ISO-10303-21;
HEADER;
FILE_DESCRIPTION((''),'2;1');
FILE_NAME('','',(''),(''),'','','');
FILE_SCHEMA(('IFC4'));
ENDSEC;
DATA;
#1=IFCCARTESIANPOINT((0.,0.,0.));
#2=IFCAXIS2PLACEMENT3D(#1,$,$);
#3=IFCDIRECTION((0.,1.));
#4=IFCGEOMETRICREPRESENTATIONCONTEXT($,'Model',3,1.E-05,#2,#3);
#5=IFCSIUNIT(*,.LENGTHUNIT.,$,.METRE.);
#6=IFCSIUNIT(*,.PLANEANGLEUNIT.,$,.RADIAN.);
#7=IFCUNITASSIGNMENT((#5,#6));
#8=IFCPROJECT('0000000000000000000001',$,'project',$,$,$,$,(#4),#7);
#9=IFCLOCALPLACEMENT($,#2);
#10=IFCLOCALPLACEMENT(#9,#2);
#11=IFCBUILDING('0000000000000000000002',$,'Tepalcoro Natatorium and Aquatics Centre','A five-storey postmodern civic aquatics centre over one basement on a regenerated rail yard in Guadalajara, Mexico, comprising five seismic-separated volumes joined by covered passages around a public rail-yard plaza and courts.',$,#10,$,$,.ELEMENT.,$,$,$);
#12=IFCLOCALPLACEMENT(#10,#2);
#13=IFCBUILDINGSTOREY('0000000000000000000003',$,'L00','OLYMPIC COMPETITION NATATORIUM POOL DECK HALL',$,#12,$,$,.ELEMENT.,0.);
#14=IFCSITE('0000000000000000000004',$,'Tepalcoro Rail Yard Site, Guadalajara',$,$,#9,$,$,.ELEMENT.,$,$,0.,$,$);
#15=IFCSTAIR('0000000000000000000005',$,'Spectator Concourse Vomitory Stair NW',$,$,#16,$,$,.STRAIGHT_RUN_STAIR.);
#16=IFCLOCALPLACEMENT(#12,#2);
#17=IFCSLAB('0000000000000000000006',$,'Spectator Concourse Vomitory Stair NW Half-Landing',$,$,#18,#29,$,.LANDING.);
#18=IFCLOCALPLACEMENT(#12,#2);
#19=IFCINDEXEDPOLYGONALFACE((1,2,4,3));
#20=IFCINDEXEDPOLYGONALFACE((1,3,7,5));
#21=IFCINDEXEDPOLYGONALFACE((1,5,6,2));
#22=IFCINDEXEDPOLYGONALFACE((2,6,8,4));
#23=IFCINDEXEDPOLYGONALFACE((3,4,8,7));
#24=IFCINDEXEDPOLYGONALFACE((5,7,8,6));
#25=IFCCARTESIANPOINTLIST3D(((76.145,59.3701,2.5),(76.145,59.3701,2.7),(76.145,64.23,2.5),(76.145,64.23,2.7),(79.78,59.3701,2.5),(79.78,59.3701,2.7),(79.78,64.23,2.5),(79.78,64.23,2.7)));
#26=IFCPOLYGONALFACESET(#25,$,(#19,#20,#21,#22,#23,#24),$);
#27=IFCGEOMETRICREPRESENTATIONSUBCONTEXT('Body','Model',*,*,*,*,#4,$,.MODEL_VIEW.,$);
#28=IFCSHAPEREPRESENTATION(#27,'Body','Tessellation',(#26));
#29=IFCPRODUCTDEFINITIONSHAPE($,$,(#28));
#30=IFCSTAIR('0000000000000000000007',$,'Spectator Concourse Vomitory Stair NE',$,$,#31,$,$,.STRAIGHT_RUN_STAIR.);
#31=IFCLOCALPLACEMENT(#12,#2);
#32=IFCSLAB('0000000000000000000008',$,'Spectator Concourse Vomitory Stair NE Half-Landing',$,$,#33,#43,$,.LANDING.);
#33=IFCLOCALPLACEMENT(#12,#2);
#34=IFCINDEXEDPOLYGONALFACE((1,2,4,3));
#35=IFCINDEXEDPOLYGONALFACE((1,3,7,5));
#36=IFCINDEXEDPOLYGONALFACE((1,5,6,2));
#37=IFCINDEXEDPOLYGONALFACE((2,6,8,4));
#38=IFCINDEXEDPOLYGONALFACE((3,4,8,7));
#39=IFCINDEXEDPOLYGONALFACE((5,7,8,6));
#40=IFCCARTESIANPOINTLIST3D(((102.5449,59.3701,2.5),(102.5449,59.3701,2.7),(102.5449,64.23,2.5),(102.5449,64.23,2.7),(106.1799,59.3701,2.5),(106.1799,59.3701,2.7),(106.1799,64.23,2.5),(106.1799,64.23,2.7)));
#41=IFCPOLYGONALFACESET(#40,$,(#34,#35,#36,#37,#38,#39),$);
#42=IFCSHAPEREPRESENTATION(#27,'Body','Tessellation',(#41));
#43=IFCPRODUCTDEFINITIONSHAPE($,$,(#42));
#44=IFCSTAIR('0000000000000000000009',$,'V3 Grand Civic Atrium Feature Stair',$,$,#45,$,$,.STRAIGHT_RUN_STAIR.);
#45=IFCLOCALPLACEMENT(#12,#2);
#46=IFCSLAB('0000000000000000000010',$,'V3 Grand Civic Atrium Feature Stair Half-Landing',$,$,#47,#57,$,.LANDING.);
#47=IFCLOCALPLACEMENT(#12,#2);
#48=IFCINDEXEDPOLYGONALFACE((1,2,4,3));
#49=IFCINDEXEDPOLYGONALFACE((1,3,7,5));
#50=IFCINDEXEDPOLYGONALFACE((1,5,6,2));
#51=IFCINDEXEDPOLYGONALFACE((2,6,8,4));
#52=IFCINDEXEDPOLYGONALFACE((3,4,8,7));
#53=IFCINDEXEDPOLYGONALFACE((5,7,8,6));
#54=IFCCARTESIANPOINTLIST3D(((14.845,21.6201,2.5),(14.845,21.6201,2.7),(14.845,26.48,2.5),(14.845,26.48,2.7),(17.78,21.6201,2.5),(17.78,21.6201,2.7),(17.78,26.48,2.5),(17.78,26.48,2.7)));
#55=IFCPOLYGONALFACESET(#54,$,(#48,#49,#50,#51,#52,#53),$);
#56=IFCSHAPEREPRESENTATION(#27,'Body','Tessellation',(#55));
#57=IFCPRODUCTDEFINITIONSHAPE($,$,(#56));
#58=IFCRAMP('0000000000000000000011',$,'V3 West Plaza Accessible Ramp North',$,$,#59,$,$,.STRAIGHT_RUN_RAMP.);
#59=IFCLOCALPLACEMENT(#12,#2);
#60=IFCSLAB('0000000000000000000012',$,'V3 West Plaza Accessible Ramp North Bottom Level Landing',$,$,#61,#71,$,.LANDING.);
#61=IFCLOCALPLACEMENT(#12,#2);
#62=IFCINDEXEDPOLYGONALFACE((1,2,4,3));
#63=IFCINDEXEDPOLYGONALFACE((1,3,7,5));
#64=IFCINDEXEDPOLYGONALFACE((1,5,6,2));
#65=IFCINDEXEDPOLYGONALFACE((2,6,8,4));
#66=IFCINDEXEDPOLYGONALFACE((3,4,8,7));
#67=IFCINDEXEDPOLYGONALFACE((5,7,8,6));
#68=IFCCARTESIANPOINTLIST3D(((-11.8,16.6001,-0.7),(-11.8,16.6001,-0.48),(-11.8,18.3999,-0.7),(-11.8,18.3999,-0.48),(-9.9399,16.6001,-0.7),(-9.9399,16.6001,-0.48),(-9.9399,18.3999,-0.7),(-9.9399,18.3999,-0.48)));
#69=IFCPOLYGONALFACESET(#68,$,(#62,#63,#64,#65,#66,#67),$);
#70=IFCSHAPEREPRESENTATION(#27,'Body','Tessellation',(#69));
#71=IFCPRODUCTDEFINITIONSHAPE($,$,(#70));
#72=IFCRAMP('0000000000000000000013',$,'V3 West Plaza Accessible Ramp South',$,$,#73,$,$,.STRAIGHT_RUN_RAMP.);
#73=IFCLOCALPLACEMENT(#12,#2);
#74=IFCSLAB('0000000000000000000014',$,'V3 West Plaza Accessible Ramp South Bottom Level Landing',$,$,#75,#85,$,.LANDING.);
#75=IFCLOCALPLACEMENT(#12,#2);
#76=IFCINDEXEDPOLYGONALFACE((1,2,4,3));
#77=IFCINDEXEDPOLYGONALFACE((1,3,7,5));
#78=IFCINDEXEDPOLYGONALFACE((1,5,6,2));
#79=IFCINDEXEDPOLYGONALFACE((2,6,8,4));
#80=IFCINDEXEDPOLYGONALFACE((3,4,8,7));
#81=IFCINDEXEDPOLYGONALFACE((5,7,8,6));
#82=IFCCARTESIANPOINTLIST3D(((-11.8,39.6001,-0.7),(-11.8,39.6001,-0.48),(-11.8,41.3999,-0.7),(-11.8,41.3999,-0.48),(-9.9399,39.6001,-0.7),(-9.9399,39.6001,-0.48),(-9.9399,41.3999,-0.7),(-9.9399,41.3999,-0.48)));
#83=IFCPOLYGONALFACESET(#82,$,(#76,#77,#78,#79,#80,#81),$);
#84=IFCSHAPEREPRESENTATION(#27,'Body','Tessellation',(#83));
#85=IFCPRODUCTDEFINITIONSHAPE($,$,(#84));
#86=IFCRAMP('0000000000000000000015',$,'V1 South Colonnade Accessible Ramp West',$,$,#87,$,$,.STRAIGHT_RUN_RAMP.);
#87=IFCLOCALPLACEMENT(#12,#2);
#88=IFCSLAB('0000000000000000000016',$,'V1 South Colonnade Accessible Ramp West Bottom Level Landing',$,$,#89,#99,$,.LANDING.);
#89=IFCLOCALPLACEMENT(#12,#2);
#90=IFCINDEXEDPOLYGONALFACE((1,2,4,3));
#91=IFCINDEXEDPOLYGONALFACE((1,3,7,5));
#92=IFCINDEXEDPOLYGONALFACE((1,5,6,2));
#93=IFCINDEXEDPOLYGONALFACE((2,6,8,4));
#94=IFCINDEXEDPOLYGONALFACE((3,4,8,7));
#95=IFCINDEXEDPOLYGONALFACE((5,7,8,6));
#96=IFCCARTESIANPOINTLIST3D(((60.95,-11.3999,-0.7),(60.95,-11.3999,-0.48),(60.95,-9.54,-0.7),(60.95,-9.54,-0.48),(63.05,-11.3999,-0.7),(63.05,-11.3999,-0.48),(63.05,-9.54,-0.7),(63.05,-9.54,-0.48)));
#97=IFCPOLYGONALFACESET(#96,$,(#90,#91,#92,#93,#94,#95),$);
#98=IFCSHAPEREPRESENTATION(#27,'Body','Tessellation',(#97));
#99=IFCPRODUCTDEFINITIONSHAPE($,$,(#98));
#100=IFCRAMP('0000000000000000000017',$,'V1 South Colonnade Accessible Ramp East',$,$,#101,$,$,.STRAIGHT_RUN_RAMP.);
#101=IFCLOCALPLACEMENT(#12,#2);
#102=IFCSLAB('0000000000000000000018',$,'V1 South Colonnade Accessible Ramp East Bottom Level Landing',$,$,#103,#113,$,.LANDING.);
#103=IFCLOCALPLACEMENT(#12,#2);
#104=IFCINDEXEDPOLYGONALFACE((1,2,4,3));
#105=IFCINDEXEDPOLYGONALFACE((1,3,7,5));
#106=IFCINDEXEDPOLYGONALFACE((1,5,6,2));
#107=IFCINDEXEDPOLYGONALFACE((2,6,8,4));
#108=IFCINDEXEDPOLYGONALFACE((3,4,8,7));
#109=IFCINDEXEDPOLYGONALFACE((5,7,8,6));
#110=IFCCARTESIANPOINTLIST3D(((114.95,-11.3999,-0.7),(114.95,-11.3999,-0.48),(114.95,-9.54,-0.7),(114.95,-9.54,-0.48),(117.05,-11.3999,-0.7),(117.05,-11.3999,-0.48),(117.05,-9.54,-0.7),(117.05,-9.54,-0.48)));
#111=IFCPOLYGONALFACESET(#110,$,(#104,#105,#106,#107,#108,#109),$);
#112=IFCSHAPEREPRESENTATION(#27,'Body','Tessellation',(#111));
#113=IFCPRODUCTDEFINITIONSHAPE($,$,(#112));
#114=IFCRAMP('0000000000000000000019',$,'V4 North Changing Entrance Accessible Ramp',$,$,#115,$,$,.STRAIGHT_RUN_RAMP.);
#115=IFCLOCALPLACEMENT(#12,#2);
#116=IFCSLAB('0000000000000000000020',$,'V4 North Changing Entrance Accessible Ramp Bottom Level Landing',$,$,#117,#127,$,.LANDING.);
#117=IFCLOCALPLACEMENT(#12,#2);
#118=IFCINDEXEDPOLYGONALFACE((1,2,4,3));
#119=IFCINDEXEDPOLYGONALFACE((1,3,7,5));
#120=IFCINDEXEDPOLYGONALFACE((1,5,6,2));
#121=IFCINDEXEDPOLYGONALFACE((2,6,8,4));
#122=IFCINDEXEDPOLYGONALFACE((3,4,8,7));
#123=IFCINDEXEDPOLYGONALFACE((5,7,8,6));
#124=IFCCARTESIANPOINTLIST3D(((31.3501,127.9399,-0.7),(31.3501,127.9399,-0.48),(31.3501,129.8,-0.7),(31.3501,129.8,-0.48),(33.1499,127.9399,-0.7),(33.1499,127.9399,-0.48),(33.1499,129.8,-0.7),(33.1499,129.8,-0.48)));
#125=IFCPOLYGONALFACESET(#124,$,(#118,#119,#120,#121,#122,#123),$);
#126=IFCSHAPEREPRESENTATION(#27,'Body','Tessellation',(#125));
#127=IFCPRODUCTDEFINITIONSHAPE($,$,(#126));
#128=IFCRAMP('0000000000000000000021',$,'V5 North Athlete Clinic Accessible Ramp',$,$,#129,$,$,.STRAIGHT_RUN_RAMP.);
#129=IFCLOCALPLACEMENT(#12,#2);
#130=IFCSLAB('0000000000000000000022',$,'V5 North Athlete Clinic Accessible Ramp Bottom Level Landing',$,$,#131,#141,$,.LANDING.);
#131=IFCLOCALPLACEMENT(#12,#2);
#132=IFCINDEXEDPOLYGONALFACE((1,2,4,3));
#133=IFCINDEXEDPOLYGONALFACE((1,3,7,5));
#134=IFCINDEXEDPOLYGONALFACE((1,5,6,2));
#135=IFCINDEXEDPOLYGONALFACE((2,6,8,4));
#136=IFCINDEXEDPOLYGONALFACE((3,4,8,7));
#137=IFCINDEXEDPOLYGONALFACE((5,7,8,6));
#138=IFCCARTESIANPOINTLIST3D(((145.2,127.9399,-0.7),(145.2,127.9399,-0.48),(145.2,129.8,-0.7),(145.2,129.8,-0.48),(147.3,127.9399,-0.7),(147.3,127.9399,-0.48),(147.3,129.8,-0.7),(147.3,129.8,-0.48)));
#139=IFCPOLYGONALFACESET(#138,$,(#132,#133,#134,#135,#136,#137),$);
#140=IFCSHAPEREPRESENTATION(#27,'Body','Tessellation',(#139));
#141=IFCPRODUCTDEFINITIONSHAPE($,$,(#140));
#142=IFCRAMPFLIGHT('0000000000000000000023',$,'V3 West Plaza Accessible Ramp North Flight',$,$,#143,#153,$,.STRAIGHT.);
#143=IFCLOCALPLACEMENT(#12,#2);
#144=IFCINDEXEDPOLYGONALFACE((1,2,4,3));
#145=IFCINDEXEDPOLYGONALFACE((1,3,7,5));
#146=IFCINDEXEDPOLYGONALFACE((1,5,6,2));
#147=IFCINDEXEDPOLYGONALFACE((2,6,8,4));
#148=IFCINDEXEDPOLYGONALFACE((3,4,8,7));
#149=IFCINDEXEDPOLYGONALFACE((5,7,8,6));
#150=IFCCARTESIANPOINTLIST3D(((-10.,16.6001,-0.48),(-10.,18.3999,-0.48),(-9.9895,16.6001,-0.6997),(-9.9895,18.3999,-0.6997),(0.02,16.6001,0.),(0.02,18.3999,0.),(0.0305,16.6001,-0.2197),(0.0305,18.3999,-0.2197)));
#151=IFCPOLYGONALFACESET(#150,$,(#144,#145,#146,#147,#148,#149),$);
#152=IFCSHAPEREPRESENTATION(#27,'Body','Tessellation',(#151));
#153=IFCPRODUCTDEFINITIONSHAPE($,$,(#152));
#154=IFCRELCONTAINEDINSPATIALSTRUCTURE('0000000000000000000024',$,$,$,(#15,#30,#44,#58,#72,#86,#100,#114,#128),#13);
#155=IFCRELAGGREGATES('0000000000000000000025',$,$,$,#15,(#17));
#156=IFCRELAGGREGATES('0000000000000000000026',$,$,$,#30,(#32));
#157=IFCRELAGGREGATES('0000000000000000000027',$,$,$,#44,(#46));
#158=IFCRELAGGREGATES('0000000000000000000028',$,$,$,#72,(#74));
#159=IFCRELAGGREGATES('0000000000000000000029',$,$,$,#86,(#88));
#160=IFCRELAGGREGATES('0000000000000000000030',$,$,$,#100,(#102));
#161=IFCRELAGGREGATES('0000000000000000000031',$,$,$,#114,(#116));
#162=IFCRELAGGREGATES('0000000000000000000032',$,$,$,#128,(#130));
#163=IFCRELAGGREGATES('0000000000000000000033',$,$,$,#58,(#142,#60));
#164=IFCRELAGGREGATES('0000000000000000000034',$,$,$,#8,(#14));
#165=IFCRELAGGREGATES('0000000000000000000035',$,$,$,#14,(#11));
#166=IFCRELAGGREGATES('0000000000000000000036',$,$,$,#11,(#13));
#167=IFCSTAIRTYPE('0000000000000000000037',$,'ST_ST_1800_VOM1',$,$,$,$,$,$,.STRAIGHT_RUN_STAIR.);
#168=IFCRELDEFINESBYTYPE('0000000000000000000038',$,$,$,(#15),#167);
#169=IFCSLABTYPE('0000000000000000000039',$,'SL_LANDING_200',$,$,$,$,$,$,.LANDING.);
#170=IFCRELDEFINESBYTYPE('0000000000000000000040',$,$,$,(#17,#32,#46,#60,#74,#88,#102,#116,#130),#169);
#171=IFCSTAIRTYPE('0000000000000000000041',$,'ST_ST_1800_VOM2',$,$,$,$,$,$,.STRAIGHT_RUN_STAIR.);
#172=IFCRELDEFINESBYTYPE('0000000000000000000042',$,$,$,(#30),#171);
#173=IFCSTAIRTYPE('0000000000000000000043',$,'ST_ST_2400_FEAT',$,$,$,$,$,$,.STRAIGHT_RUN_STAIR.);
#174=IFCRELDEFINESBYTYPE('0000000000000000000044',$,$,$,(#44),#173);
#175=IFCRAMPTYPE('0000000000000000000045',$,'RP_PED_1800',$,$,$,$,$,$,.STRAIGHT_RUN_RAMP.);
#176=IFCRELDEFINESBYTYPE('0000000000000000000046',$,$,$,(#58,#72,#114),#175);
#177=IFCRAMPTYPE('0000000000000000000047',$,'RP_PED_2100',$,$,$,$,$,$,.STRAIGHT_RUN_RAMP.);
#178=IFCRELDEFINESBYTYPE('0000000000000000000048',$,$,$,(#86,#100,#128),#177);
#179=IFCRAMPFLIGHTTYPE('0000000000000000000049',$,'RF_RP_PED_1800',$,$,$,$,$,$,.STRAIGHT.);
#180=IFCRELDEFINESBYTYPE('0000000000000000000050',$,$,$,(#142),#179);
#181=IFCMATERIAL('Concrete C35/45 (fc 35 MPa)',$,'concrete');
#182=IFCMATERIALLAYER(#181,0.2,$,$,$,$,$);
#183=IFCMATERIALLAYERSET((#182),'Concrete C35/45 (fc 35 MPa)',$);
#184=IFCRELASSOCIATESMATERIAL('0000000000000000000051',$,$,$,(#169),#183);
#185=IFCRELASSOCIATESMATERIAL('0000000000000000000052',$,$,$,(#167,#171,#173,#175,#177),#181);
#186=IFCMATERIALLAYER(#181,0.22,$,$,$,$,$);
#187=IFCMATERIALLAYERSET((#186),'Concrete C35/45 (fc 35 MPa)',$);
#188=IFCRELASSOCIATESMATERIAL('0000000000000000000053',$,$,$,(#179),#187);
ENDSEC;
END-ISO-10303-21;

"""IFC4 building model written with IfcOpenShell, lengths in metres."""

from ifc_helpers import new_model, si_unit, direction, frame, origin, place, context, subcontext, project, spatial, polyline, outline, extrude, material, layer, layer_set, type_object, element, aggregate, save


model = new_model("IFC4")

# Units and contexts
model_context = context("Model", 3, precision=1e-05, world=origin(), true_north=direction((0.0, 1.0)))
body_context = subcontext(model_context, "Body", "Model", "MODEL_VIEW")
ifc_project = project(units=[si_unit("LENGTHUNIT", "METRE"), si_unit("PLANEANGLEUNIT", "RADIAN")], contexts=[model_context])

# Site, building, storey
site_placement = place(None, origin())
site = spatial("IfcSite", under=ifc_project, at=site_placement, Name="Tepalcoro Rail Yard Site, Guadalajara", CompositionType="ELEMENT", RefElevation=0.0)
building_placement = place(site_placement, origin())
building = spatial("IfcBuilding", under=site, at=building_placement, Name="Tepalcoro Natatorium and Aquatics Centre", Description="A five-storey postmodern civic aquatics centre over one basement on a regenerated rail yard in Guadalajara, Mexico, comprising five seismic-separated volumes joined by covered passages around a public rail-yard plaza and courts.", CompositionType="ELEMENT")
storey_placement = place(building_placement, origin())
storey = spatial("IfcBuildingStorey", under=building, at=storey_placement, Name="L00", Description="OLYMPIC COMPETITION NATATORIUM POOL DECK HALL", CompositionType="ELEMENT", Elevation=0.0)

# Stairs, slabs
ifc_material_1 = material(Name="Concrete C35/45 (fc 35 MPa)", Category="concrete")
ifc_layer_1 = layer(ifc_material_1, 0.2)
ifc_layer_set_1 = layer_set([ifc_layer_1], Name="Concrete C35/45 (fc 35 MPa)")
slab_type = type_object("IfcSlabType", Name="SL_LANDING_200", PredefinedType="LANDING", material=ifc_layer_set_1)
stair_type_1 = type_object("IfcStairType", Name="ST_ST_1800_VOM1", PredefinedType="STRAIGHT_RUN_STAIR", material=ifc_material_1)
stair_type_2 = type_object("IfcStairType", Name="ST_ST_1800_VOM2", PredefinedType="STRAIGHT_RUN_STAIR", material=ifc_material_1)
stair_1_placement = place(storey_placement, origin())
stair_1 = element("IfcStair", 1, at=stair_1_placement, inside=storey, type_object=stair_type_1, Name="Spectator Concourse Vomitory Stair NW", PredefinedType="STRAIGHT_RUN_STAIR")
slab_1_placement = place(storey_placement, frame((0.0, 0.0, 2.5)))
slab_1 = element("IfcSlab", 2, at=slab_1_placement, type_object=slab_type, Name="Spectator Concourse Vomitory Stair NW Half-Landing", PredefinedType="LANDING", context=body_context, shape_type="SweptSolid", body=[
    extrude(outline(polyline([(76.145, 59.3701), (79.78, 59.3701), (79.78, 64.23), (76.145, 64.23), (76.145, 59.3701)])), origin(), (0.0, 0.0, 1.0), 0.2),
])
aggregate(stair_1, [slab_1])
stair_2_placement = place(storey_placement, origin())
stair_2 = element("IfcStair", 3, at=stair_2_placement, inside=storey, type_object=stair_type_2, Name="Spectator Concourse Vomitory Stair NE", PredefinedType="STRAIGHT_RUN_STAIR")
slab_2_placement = place(storey_placement, frame((0.0, 0.0, 2.5)))
slab_2 = element("IfcSlab", 4, at=slab_2_placement, type_object=slab_type, Name="Spectator Concourse Vomitory Stair NE Half-Landing", PredefinedType="LANDING", context=body_context, shape_type="SweptSolid", body=[
    extrude(outline(polyline([(102.5449, 59.3701), (106.1799, 59.3701), (106.1799, 64.23), (102.5449, 64.23), (102.5449, 59.3701)])), origin(), (0.0, 0.0, 1.0), 0.2),
])
aggregate(stair_2, [slab_2])
stair_type_3 = type_object("IfcStairType", Name="ST_ST_2400_FEAT", PredefinedType="STRAIGHT_RUN_STAIR", material=ifc_material_1)
stair_3_placement = place(storey_placement, origin())
stair_3 = element("IfcStair", 5, at=stair_3_placement, inside=storey, type_object=stair_type_3, Name="V3 Grand Civic Atrium Feature Stair", PredefinedType="STRAIGHT_RUN_STAIR")
slab_3_placement = place(storey_placement, frame((0.0, 0.0, 2.5)))
slab_3 = element("IfcSlab", 6, at=slab_3_placement, type_object=slab_type, Name="V3 Grand Civic Atrium Feature Stair Half-Landing", PredefinedType="LANDING", context=body_context, shape_type="SweptSolid", body=[
    extrude(outline(polyline([(14.845, 21.6201), (17.78, 21.6201), (17.78, 26.48), (14.845, 26.48), (14.845, 21.6201)])), origin(), (0.0, 0.0, 1.0), 0.2),
])
aggregate(stair_3, [slab_3])

# Ramps, slabs
ramp_type_1 = type_object("IfcRampType", Name="RP_PED_1800", PredefinedType="STRAIGHT_RUN_RAMP", material=ifc_material_1)
ramp_1_placement = place(storey_placement, origin())
ramp_1 = element("IfcRamp", 7, at=ramp_1_placement, inside=storey, type_object=ramp_type_1, Name="V3 West Plaza Accessible Ramp North", PredefinedType="STRAIGHT_RUN_RAMP")
slab_4_placement = place(storey_placement, frame((0.0, 0.0, -0.7)))
slab_4 = element("IfcSlab", 8, at=slab_4_placement, type_object=slab_type, Name="V3 West Plaza Accessible Ramp North Bottom Level Landing", PredefinedType="LANDING", context=body_context, shape_type="SweptSolid", body=[
    extrude(outline(polyline([(-11.8, 16.6001), (-9.9399, 16.6001), (-9.9399, 18.3999), (-11.8, 18.3999), (-11.8, 16.6001)])), origin(), (0.0, 0.0, 1.0), 0.22),
])
ramp_2_placement = place(storey_placement, origin())
ramp_2 = element("IfcRamp", 9, at=ramp_2_placement, inside=storey, type_object=ramp_type_1, Name="V3 West Plaza Accessible Ramp South", PredefinedType="STRAIGHT_RUN_RAMP")
slab_5_placement = place(storey_placement, frame((0.0, 0.0, -0.7)))
slab_5 = element("IfcSlab", 10, at=slab_5_placement, type_object=slab_type, Name="V3 West Plaza Accessible Ramp South Bottom Level Landing", PredefinedType="LANDING", context=body_context, shape_type="SweptSolid", body=[
    extrude(outline(polyline([(-11.8, 39.6001), (-9.9399, 39.6001), (-9.9399, 41.3999), (-11.8, 41.3999), (-11.8, 39.6001)])), origin(), (0.0, 0.0, 1.0), 0.22),
])
aggregate(ramp_2, [slab_5])
ramp_type_2 = type_object("IfcRampType", Name="RP_PED_2100", PredefinedType="STRAIGHT_RUN_RAMP", material=ifc_material_1)
ramp_3_placement = place(storey_placement, origin())
ramp_3 = element("IfcRamp", 11, at=ramp_3_placement, inside=storey, type_object=ramp_type_2, Name="V1 South Colonnade Accessible Ramp West", PredefinedType="STRAIGHT_RUN_RAMP")
slab_6_placement = place(storey_placement, frame((0.0, 0.0, -0.7)))
slab_6 = element("IfcSlab", 12, at=slab_6_placement, type_object=slab_type, Name="V1 South Colonnade Accessible Ramp West Bottom Level Landing", PredefinedType="LANDING", context=body_context, shape_type="SweptSolid", body=[
    extrude(outline(polyline([(63.05, -11.3999), (63.05, -9.54), (60.95, -9.54), (60.95, -11.3999), (63.05, -11.3999)])), origin(), (0.0, 0.0, 1.0), 0.22),
])
aggregate(ramp_3, [slab_6])
ramp_4_placement = place(storey_placement, origin())
ramp_4 = element("IfcRamp", 13, at=ramp_4_placement, inside=storey, type_object=ramp_type_2, Name="V1 South Colonnade Accessible Ramp East", PredefinedType="STRAIGHT_RUN_RAMP")
slab_7_placement = place(storey_placement, frame((0.0, 0.0, -0.7)))
slab_7 = element("IfcSlab", 14, at=slab_7_placement, type_object=slab_type, Name="V1 South Colonnade Accessible Ramp East Bottom Level Landing", PredefinedType="LANDING", context=body_context, shape_type="SweptSolid", body=[
    extrude(outline(polyline([(117.05, -11.3999), (117.05, -9.54), (114.95, -9.54), (114.95, -11.3999), (117.05, -11.3999)])), origin(), (0.0, 0.0, 1.0), 0.22),
])
aggregate(ramp_4, [slab_7])
ramp_5_placement = place(storey_placement, origin())
ramp_5 = element("IfcRamp", 15, at=ramp_5_placement, inside=storey, type_object=ramp_type_1, Name="V4 North Changing Entrance Accessible Ramp", PredefinedType="STRAIGHT_RUN_RAMP")
slab_8_placement = place(storey_placement, frame((0.0, 0.0, -0.7)))
slab_8 = element("IfcSlab", 16, at=slab_8_placement, type_object=slab_type, Name="V4 North Changing Entrance Accessible Ramp Bottom Level Landing", PredefinedType="LANDING", context=body_context, shape_type="SweptSolid", body=[
    extrude(outline(polyline([(31.3501, 129.8), (31.3501, 127.9399), (33.1499, 127.9399), (33.1499, 129.8), (31.3501, 129.8)])), origin(), (0.0, 0.0, 1.0), 0.22),
])
aggregate(ramp_5, [slab_8])
ramp_6_placement = place(storey_placement, origin())
ramp_6 = element("IfcRamp", 17, at=ramp_6_placement, inside=storey, type_object=ramp_type_2, Name="V5 North Athlete Clinic Accessible Ramp", PredefinedType="STRAIGHT_RUN_RAMP")
slab_9_placement = place(storey_placement, frame((0.0, 0.0, -0.7)))
slab_9 = element("IfcSlab", 18, at=slab_9_placement, type_object=slab_type, Name="V5 North Athlete Clinic Accessible Ramp Bottom Level Landing", PredefinedType="LANDING", context=body_context, shape_type="SweptSolid", body=[
    extrude(outline(polyline([(145.2, 129.8), (145.2, 127.9399), (147.3, 127.9399), (147.3, 129.8), (145.2, 129.8)])), origin(), (0.0, 0.0, 1.0), 0.22),
])
aggregate(ramp_6, [slab_9])

# Ramp flight
ifc_layer_2 = layer(ifc_material_1, 0.22)
ifc_layer_set_2 = layer_set([ifc_layer_2], Name="Concrete C35/45 (fc 35 MPa)")
ramp_flight_type = type_object("IfcRampFlightType", Name="RF_RP_PED_1800", PredefinedType="STRAIGHT", material=ifc_layer_set_2)
ramp_flight_placement = place(storey_placement, frame((-10.0, 16.6001, -0.48), z_axis=(-0.047847, 0.0, 0.998855), x_axis=(0.998855, 0.0, 0.047847)))
ramp_flight = element("IfcRampFlight", 19, at=ramp_flight_placement, type_object=ramp_flight_type, Name="V3 West Plaza Accessible Ramp North Flight", PredefinedType="STRAIGHT", context=body_context, shape_type="SweptSolid", body=[
    extrude(outline(polyline([(0.0, 0.0), (10.0315, 0.0), (10.0315, 1.7998), (0.0, 1.7998), (0.0, 0.0)])), origin(), (0.0, 0.0, -1.0), 0.22),
])
aggregate(ramp_1, [ramp_flight, slab_4])

save(model, "model.ifc")
